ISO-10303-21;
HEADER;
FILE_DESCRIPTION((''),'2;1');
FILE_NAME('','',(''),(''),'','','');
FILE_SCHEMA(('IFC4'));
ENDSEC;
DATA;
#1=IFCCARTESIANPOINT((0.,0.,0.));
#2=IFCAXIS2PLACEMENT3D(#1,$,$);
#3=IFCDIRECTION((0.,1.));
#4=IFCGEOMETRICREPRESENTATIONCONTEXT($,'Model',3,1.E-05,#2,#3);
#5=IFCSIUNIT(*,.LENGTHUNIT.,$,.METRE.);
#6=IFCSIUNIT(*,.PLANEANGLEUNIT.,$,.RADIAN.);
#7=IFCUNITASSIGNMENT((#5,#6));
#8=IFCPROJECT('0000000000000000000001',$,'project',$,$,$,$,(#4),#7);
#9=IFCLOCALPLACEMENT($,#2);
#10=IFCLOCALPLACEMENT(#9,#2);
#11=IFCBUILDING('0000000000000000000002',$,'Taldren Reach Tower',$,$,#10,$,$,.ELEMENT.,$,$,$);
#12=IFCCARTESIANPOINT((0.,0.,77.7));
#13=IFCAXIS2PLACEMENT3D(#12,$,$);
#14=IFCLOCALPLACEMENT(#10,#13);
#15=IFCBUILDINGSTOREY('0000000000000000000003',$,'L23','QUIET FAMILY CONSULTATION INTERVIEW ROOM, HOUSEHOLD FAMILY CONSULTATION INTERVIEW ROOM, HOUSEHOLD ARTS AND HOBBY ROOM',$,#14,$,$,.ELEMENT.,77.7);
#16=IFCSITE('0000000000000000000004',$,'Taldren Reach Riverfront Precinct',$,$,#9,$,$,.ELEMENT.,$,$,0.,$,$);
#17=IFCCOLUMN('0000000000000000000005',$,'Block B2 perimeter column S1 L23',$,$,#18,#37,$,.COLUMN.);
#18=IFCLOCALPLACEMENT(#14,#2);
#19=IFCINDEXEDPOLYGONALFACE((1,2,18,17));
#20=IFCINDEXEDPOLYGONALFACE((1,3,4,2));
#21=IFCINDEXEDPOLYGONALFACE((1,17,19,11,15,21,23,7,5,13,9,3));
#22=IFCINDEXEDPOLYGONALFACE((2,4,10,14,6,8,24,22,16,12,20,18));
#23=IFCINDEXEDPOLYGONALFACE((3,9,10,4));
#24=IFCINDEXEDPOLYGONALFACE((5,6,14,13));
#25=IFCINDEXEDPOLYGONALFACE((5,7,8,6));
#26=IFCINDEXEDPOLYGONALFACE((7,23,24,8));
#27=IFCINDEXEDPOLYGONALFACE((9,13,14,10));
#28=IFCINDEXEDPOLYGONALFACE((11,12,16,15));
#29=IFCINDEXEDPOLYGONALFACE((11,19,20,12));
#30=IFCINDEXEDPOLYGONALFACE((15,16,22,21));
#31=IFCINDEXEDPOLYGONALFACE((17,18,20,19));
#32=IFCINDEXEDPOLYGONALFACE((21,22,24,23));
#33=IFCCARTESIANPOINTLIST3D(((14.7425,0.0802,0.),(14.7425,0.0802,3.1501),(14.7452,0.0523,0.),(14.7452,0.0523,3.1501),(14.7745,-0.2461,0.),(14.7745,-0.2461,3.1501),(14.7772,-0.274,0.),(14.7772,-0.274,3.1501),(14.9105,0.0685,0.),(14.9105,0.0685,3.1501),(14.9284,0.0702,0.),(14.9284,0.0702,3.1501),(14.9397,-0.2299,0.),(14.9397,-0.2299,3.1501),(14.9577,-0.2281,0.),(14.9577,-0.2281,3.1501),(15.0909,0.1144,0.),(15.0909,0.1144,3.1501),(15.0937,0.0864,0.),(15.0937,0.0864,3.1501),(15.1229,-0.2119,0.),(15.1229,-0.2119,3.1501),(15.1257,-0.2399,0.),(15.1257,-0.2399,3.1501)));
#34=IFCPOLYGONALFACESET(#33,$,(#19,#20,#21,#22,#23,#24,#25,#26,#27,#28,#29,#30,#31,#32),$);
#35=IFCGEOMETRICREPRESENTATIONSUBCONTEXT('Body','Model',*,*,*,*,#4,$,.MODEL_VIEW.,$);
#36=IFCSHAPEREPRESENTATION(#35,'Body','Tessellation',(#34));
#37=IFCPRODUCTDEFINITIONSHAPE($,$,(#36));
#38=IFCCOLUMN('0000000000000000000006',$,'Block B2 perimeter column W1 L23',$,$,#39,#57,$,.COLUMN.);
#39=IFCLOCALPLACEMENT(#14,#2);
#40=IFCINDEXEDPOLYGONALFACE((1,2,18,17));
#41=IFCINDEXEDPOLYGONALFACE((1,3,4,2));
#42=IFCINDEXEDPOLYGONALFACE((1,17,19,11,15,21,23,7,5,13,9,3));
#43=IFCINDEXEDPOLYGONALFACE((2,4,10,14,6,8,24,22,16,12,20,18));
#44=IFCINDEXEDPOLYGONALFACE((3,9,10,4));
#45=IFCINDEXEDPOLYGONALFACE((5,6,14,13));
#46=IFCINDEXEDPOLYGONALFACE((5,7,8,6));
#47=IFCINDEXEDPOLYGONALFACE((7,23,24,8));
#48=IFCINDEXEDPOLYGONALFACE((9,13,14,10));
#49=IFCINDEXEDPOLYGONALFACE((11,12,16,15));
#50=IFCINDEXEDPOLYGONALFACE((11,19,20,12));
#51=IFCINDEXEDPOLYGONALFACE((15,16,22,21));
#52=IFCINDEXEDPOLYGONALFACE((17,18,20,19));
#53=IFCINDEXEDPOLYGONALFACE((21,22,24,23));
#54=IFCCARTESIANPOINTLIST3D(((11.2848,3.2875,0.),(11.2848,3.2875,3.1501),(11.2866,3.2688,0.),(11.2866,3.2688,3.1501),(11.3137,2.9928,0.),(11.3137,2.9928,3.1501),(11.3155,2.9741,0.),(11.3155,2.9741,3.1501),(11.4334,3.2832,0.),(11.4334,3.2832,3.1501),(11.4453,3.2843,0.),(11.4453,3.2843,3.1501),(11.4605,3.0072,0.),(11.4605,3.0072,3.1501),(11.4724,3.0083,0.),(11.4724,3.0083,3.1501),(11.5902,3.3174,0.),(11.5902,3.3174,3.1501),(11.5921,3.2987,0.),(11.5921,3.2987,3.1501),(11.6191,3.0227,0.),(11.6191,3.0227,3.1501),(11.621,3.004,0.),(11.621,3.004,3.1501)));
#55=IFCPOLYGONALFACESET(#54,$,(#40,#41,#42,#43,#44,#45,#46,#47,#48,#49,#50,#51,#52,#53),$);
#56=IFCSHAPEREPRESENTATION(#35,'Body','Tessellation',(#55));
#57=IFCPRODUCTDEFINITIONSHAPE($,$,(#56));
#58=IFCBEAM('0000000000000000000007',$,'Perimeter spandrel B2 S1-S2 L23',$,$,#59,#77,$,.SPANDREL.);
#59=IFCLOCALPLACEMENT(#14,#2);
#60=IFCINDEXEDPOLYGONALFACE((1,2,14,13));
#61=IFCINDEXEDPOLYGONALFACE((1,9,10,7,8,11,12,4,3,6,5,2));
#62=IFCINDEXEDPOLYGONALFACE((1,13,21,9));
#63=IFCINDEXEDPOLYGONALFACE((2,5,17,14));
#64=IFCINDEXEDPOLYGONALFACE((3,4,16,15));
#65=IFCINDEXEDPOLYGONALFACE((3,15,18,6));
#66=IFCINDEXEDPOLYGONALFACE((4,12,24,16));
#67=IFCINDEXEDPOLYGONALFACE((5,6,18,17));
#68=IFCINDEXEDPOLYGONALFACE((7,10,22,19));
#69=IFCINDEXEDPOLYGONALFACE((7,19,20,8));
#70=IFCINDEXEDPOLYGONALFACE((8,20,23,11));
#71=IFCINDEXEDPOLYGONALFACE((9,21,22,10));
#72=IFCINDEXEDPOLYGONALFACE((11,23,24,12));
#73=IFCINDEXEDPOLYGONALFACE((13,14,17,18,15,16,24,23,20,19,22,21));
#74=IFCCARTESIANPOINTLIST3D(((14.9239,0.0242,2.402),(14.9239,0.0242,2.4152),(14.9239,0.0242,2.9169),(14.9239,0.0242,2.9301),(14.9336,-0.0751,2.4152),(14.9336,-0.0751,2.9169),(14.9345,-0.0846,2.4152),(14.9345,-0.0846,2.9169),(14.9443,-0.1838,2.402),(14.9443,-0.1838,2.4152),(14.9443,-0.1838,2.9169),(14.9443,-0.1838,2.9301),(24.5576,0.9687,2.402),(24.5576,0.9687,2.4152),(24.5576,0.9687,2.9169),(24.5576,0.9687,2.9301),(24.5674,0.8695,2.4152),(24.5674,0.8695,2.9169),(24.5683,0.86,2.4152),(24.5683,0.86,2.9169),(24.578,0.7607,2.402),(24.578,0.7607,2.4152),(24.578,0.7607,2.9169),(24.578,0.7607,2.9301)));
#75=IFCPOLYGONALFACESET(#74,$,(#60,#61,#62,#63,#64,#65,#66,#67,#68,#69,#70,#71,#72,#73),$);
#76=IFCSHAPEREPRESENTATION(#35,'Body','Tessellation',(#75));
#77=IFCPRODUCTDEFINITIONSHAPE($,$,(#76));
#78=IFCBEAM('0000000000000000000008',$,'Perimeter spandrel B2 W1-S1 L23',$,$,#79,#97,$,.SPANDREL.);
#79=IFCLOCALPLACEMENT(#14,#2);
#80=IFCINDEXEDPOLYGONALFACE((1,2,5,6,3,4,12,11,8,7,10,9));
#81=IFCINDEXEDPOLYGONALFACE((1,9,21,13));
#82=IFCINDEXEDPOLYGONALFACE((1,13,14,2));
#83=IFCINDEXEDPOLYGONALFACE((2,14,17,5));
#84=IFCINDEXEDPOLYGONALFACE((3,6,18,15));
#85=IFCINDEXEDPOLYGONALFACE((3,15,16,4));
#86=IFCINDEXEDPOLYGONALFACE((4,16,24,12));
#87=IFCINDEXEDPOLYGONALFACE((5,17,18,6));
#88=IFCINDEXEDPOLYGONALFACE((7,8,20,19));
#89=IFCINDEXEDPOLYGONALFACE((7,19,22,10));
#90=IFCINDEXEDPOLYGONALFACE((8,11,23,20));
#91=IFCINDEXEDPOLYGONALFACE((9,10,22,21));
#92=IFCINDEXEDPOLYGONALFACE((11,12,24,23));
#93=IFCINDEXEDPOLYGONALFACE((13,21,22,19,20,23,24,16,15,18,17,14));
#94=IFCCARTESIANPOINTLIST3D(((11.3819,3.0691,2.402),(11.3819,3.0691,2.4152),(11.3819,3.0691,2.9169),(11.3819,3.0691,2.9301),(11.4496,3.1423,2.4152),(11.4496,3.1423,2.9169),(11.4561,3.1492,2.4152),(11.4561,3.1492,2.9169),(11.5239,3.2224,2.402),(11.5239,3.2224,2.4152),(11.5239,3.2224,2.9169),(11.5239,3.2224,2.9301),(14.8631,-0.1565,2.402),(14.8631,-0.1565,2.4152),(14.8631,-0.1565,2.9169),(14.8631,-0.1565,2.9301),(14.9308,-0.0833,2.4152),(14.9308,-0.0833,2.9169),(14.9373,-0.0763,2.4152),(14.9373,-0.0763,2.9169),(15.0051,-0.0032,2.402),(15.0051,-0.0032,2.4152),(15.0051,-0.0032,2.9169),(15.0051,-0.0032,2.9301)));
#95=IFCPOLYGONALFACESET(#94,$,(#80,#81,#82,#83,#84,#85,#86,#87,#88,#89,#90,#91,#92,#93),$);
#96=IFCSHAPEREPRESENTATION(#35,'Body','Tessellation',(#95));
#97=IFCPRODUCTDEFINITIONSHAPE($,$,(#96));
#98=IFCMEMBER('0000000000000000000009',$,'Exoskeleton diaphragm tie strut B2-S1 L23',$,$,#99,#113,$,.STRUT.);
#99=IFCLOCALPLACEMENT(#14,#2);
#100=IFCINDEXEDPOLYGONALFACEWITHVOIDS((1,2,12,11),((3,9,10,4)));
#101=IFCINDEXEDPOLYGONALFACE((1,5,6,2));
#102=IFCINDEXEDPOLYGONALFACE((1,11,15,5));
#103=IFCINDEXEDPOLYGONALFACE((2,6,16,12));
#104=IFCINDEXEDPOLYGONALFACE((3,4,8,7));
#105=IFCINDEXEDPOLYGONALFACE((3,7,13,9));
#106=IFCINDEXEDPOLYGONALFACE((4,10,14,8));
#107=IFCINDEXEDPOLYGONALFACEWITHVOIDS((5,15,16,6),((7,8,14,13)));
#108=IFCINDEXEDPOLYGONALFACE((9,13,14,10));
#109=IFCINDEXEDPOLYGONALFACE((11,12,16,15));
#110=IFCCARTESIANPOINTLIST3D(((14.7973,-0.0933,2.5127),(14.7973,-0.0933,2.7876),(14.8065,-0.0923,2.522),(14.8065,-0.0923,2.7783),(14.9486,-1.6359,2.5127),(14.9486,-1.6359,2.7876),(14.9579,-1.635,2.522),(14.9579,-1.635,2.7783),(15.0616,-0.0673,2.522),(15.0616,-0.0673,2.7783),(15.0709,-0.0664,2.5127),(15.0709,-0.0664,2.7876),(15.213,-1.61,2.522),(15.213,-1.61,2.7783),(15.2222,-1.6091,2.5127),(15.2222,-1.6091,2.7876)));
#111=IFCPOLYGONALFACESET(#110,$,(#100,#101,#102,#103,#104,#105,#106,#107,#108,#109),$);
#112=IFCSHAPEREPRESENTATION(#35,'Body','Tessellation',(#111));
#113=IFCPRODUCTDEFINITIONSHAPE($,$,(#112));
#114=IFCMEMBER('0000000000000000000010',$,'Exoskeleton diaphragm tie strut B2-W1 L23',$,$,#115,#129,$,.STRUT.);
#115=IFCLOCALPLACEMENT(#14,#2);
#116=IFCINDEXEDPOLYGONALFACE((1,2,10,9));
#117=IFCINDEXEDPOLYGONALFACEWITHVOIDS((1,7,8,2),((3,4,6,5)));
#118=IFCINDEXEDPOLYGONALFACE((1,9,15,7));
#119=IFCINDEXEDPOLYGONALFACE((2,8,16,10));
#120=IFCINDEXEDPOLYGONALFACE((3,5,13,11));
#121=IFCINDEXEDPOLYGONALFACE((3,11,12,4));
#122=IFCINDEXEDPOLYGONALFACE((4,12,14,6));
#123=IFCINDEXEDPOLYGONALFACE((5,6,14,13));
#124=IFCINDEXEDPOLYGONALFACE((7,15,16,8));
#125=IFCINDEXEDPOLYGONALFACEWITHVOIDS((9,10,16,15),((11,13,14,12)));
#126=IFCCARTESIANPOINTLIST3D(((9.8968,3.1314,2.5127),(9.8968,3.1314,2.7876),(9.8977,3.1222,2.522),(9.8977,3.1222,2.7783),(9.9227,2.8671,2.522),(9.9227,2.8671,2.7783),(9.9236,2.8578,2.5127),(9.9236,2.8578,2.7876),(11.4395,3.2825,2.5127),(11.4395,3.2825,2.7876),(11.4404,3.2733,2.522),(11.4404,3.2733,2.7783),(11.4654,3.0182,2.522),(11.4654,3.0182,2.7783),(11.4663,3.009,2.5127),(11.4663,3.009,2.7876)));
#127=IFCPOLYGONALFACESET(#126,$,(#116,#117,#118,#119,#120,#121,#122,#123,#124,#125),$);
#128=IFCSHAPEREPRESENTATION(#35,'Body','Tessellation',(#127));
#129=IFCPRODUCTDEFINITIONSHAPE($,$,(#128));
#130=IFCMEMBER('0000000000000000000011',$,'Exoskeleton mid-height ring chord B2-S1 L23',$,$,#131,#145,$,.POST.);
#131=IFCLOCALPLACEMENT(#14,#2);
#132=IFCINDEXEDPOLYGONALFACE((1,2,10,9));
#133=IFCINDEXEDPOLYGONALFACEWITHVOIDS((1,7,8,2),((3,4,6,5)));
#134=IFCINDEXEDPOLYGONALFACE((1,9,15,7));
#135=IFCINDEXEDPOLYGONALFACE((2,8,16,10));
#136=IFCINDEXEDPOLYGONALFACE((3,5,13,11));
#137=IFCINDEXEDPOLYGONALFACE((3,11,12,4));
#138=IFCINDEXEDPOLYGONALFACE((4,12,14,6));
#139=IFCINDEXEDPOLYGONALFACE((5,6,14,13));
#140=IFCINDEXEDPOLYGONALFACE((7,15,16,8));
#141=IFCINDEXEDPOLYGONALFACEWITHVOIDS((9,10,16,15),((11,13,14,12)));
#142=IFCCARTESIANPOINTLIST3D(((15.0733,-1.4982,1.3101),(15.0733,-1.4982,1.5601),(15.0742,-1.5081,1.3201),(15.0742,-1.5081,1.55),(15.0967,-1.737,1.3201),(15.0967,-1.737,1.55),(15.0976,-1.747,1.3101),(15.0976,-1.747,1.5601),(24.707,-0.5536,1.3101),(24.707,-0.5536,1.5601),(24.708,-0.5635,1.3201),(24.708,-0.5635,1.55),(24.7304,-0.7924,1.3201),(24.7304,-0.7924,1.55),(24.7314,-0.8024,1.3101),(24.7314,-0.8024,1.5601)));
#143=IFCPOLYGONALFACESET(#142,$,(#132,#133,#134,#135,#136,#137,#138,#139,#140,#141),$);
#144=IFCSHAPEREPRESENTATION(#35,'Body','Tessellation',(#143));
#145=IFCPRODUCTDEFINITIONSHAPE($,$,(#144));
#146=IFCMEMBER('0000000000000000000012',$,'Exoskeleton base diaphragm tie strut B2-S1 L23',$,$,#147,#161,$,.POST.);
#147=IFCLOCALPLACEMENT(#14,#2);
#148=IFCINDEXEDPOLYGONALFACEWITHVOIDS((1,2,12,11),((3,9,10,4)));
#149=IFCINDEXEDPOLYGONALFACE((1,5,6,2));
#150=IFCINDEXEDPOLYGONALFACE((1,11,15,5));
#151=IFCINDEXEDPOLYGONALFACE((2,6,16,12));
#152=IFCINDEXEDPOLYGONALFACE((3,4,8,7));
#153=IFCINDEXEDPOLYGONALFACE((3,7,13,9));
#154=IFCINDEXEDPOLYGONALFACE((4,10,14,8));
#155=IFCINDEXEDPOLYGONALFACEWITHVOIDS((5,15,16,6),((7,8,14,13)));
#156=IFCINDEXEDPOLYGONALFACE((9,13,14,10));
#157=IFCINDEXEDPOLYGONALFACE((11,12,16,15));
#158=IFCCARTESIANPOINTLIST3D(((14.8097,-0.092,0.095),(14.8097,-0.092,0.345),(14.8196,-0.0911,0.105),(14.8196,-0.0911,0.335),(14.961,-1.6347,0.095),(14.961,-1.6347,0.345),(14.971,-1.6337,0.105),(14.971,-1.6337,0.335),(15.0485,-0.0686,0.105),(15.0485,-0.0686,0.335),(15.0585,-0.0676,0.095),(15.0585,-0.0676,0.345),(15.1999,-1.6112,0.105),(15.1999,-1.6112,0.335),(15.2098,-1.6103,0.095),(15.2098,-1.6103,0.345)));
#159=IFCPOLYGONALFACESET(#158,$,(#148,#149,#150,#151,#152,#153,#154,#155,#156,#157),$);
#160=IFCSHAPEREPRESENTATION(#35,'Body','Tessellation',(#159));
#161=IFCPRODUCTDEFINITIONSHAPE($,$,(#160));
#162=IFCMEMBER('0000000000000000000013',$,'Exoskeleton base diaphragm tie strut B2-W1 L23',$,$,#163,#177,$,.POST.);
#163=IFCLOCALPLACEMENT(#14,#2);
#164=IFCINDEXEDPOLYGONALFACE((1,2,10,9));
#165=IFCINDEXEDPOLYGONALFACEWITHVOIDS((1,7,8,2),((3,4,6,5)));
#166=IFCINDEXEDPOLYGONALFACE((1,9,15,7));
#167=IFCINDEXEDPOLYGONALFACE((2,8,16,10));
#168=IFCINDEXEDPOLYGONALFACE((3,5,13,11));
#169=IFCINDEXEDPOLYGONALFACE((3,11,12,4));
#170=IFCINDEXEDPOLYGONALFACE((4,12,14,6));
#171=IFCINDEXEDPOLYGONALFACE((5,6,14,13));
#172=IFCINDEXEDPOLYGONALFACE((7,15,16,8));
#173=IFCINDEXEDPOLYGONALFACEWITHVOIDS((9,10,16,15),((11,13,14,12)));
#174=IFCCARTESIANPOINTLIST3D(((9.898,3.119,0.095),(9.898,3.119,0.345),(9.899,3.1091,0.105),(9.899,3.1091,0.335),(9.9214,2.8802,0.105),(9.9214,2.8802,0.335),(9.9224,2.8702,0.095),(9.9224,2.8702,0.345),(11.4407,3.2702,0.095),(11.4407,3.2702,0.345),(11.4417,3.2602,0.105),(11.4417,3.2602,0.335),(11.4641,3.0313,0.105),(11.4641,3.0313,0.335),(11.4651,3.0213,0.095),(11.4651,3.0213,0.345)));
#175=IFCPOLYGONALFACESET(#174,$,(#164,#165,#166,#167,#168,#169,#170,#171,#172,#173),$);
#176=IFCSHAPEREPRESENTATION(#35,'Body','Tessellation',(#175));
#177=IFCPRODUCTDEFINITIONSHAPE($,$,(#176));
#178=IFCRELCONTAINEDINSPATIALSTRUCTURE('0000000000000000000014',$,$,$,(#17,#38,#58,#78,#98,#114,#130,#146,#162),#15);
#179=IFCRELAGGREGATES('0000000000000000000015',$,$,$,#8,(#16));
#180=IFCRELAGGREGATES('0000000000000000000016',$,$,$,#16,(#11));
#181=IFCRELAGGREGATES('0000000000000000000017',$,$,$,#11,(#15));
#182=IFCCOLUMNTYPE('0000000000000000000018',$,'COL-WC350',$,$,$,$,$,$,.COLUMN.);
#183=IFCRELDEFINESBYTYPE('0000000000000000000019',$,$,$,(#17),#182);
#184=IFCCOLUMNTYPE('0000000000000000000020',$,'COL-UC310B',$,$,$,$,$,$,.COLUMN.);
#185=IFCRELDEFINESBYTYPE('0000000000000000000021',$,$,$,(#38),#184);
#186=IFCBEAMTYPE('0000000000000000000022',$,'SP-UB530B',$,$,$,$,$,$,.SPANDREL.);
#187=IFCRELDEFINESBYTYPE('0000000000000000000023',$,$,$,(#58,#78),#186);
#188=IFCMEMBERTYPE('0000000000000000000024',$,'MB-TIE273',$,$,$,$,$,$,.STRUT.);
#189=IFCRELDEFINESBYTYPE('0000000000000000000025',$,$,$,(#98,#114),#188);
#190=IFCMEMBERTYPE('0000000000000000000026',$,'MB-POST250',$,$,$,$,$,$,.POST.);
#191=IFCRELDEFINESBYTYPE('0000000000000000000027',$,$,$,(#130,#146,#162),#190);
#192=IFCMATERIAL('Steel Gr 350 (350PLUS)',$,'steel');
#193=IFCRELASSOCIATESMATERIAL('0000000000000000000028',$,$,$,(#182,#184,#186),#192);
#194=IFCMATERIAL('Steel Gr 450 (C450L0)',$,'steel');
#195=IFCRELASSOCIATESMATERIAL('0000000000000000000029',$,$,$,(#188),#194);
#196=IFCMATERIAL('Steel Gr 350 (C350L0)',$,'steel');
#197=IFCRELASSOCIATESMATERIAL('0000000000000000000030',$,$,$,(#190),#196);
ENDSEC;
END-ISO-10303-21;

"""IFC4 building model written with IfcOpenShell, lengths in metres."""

from ifc_helpers import new_model, si_unit, direction, frame, origin, origin_2d, place, context, subcontext, project, spatial, hollow_rectangle, i_section, extrude, source, transform, mapped, material, material_profile, profile_set, type_object, element, save


model = new_model("IFC4")

# Units and contexts
model_context = context("Model", 3, precision=1e-05, world=origin(), true_north=direction((0.0, 1.0)))
body_context = subcontext(model_context, "Body", "Model", "MODEL_VIEW")
ifc_project = project(units=[si_unit("LENGTHUNIT", "METRE"), si_unit("PLANEANGLEUNIT", "RADIAN")], contexts=[model_context])

# Site, building, storey
site_placement = place(None, origin())
site = spatial("IfcSite", under=ifc_project, at=site_placement, Name="Taldren Reach Riverfront Precinct", CompositionType="ELEMENT", RefElevation=0.0)
building_placement = place(site_placement, origin())
building = spatial("IfcBuilding", under=site, at=building_placement, Name="Taldren Reach Tower", CompositionType="ELEMENT")
storey_placement = place(building_placement, frame((0.0, 0.0, 77.7)))
storey = spatial("IfcBuildingStorey", under=building, at=storey_placement, Name="L23", Description="QUIET FAMILY CONSULTATION INTERVIEW ROOM, HOUSEHOLD FAMILY CONSULTATION INTERVIEW ROOM, HOUSEHOLD ARTS AND HOBBY ROOM", CompositionType="ELEMENT", Elevation=77.7)

# Columns
ifc_material_1 = material(Name="Steel Gr 350 (350PLUS)", Category="steel")
ifc_material_profile_1 = material_profile(ifc_material_1, i_section(OverallWidth=0.3501, OverallDepth=0.356, WebThickness=0.0181, FlangeThickness=0.0281, at=origin_2d()), Name="350WC197")
ifc_profile_set_1 = profile_set([ifc_material_profile_1], Name="Steel Gr 350 (350PLUS)")
column_type_1 = type_object("IfcColumnType", Name="COL-WC350", PredefinedType="COLUMN", material=ifc_profile_set_1)
shared_shape_1 = source(origin(), body_context, "Body", "SweptSolid", [
    extrude(i_section(OverallWidth=0.3501, OverallDepth=0.356, WebThickness=0.0181, FlangeThickness=0.0281, at=origin_2d()), origin(), (0.0, 0.0, 1.0), 3.1501),
])
column_1_placement = place(storey_placement, frame((14.9341, -0.0798, 0.0), z_axis=(0.0, 0.0, 1.0), x_axis=(0.995227, 0.097583, 0.0)))
element("IfcColumn", 1, at=column_1_placement, inside=storey, type_object=column_type_1, Name="Block B2 perimeter column S1 L23", PredefinedType="COLUMN", context=body_context, shape_type="MappedRepresentation", body=[
    mapped(shared_shape_1, transform((0.0, 0.0, 0.0), scale=1.0)),
])
ifc_material_profile_2 = material_profile(ifc_material_1, i_section(OverallWidth=0.3069, OverallDepth=0.3149, WebThickness=0.012, FlangeThickness=0.0188, at=origin_2d()), Name="310UC118")
ifc_profile_set_2 = profile_set([ifc_material_profile_2], Name="Steel Gr 350 (350PLUS)")
column_type_2 = type_object("IfcColumnType", Name="COL-UC310B", PredefinedType="COLUMN", material=ifc_profile_set_2)
shared_shape_2 = source(origin(), body_context, "Body", "SweptSolid", [
    extrude(i_section(OverallWidth=0.3069, OverallDepth=0.3149, WebThickness=0.012, FlangeThickness=0.0188, at=origin_2d()), origin(), (0.0, 0.0, 1.0), 3.1501),
])
column_2_placement = place(storey_placement, frame((11.4529, 3.1458, 0.0), z_axis=(0.0, 0.0, 1.0), x_axis=(0.995227, 0.097583, 0.0)))
element("IfcColumn", 2, at=column_2_placement, inside=storey, type_object=column_type_2, Name="Block B2 perimeter column W1 L23", PredefinedType="COLUMN", context=body_context, shape_type="MappedRepresentation", body=[
    mapped(shared_shape_2, transform((0.0, 0.0, 0.0), scale=1.0)),
])

# Beams
ifc_material_profile_3 = material_profile(ifc_material_1, i_section(OverallWidth=0.209, OverallDepth=0.5281, WebThickness=0.0095, FlangeThickness=0.0132, at=origin_2d()), Name="530UB82.0")
ifc_profile_set_3 = profile_set([ifc_material_profile_3], Name="Steel Gr 350 (350PLUS)")
beam_type = type_object("IfcBeamType", Name="SP-UB530B", PredefinedType="SPANDREL", material=ifc_profile_set_3)
shared_shape_3 = source(origin(), body_context, "Body", "SweptSolid", [
    extrude(i_section(OverallWidth=0.209, OverallDepth=0.5281, WebThickness=0.0095, FlangeThickness=0.0132, at=origin_2d()), origin(), (0.0, 0.0, 1.0), 9.6799),
])
beam_1_placement = place(storey_placement, frame((14.9341, -0.0798, 2.666), z_axis=(0.995228, 0.097581, 0.0), x_axis=(-0.097581, 0.995228, 0.0)))
element("IfcBeam", 3, at=beam_1_placement, inside=storey, type_object=beam_type, Name="Perimeter spandrel B2 S1-S2 L23", PredefinedType="SPANDREL", context=body_context, shape_type="MappedRepresentation", body=[
    mapped(shared_shape_3, transform((0.0, 0.0, 0.0), scale=1.0)),
])
shared_shape_4 = source(origin(), body_context, "Body", "SweptSolid", [
    extrude(i_section(OverallWidth=0.209, OverallDepth=0.5281, WebThickness=0.0095, FlangeThickness=0.0132, at=origin_2d()), origin(), (0.0, 0.0, 1.0), 4.7458),
])
beam_2_placement = place(storey_placement, frame((11.4529, 3.1458, 2.666), z_axis=(0.733524, -0.679663, 0.0), x_axis=(0.679663, 0.733524, 0.0)))
element("IfcBeam", 4, at=beam_2_placement, inside=storey, type_object=beam_type, Name="Perimeter spandrel B2 W1-S1 L23", PredefinedType="SPANDREL", context=body_context, shape_type="MappedRepresentation", body=[
    mapped(shared_shape_4, transform((0.0, 0.0, 0.0), scale=1.0)),
])

# Members
ifc_material_2 = material(Name="Steel Gr 450 (C450L0)", Category="steel")
ifc_material_profile_4 = material_profile(ifc_material_2, hollow_rectangle(XDim=0.2749, YDim=0.2749, WallThickness=0.0093, at=origin_2d()), Name="275x275x9.3SHS")
ifc_profile_set_4 = profile_set([ifc_material_profile_4], Name="Steel Gr 450 (C450L0)")
member_type_1 = type_object("IfcMemberType", Name="MB-TIE273", PredefinedType="STRUT", material=ifc_profile_set_4)
shared_shape_5 = source(origin(), body_context, "Body", "SweptSolid", [
    extrude(hollow_rectangle(XDim=0.2749, YDim=0.2749, WallThickness=0.0093, at=origin_2d()), origin(), (0.0, 0.0, 1.0), 1.55),
])
for number, where, z_axis, x_axis, name in (
    (5, (14.9341, -0.0798, 2.6501), (0.097648, -0.995221, 0.0), (0.995221, 0.097648, 0.0), "Exoskeleton diaphragm tie strut B2-S1 L23"),
    (6, (11.4529, 3.1458, 2.6501), (-0.995236, -0.097492, 0.0), (0.097492, -0.995236, 0.0), "Exoskeleton diaphragm tie strut B2-W1 L23"),
):
    element("IfcMember", number, at=place(storey_placement, frame(where, z_axis=z_axis, x_axis=x_axis)), inside=storey, type_object=member_type_1, Name=name, PredefinedType="STRUT", context=body_context, shape_type="MappedRepresentation", body=[
        mapped(shared_shape_5, transform((0.0, 0.0, 0.0), scale=1.0)),
    ])
ifc_material_3 = material(Name="Steel Gr 350 (C350L0)", Category="steel")
ifc_material_profile_5 = material_profile(ifc_material_3, hollow_rectangle(XDim=0.25, YDim=0.25, WallThickness=0.01, at=origin_2d()), Name="250x250x10.0SHS")
ifc_profile_set_5 = profile_set([ifc_material_profile_5], Name="Steel Gr 350 (C350L0)")
member_type_2 = type_object("IfcMemberType", Name="MB-POST250", PredefinedType="POST", material=ifc_profile_set_5)
shared_shape_6 = source(origin(), body_context, "Body", "SweptSolid", [
    extrude(hollow_rectangle(XDim=0.25, YDim=0.25, WallThickness=0.01, at=origin_2d()), origin(), (0.0, 0.0, 1.0), 9.6799),
])
member_1_placement = place(storey_placement, frame((15.0854, -1.6226, 1.4351), z_axis=(0.995228, 0.097581, 0.0), x_axis=(-0.097581, 0.995228, 0.0)))
element("IfcMember", 7, at=member_1_placement, inside=storey, type_object=member_type_2, Name="Exoskeleton mid-height ring chord B2-S1 L23", PredefinedType="POST", context=body_context, shape_type="MappedRepresentation", body=[
    mapped(shared_shape_6, transform((0.0, 0.0, 0.0), scale=1.0)),
])
shared_shape_7 = source(origin(), body_context, "Body", "SweptSolid", [
    extrude(hollow_rectangle(XDim=0.25, YDim=0.25, WallThickness=0.01, at=origin_2d()), origin(), (0.0, 0.0, 1.0), 1.55),
])
for number, where, z_axis, x_axis, name in (
    (8, (14.9341, -0.0798, 0.22), (0.097648, -0.995221, 0.0), (0.995221, 0.097648, 0.0), "Exoskeleton base diaphragm tie strut B2-S1 L23"),
    (9, (11.4529, 3.1458, 0.22), (-0.995236, -0.097492, 0.0), (0.097492, -0.995236, 0.0), "Exoskeleton base diaphragm tie strut B2-W1 L23"),
):
    element("IfcMember", number, at=place(storey_placement, frame(where, z_axis=z_axis, x_axis=x_axis)), inside=storey, type_object=member_type_2, Name=name, PredefinedType="POST", context=body_context, shape_type="MappedRepresentation", body=[
        mapped(shared_shape_7, transform((0.0, 0.0, 0.0), scale=1.0)),
    ])

save(model, "model.ifc")
